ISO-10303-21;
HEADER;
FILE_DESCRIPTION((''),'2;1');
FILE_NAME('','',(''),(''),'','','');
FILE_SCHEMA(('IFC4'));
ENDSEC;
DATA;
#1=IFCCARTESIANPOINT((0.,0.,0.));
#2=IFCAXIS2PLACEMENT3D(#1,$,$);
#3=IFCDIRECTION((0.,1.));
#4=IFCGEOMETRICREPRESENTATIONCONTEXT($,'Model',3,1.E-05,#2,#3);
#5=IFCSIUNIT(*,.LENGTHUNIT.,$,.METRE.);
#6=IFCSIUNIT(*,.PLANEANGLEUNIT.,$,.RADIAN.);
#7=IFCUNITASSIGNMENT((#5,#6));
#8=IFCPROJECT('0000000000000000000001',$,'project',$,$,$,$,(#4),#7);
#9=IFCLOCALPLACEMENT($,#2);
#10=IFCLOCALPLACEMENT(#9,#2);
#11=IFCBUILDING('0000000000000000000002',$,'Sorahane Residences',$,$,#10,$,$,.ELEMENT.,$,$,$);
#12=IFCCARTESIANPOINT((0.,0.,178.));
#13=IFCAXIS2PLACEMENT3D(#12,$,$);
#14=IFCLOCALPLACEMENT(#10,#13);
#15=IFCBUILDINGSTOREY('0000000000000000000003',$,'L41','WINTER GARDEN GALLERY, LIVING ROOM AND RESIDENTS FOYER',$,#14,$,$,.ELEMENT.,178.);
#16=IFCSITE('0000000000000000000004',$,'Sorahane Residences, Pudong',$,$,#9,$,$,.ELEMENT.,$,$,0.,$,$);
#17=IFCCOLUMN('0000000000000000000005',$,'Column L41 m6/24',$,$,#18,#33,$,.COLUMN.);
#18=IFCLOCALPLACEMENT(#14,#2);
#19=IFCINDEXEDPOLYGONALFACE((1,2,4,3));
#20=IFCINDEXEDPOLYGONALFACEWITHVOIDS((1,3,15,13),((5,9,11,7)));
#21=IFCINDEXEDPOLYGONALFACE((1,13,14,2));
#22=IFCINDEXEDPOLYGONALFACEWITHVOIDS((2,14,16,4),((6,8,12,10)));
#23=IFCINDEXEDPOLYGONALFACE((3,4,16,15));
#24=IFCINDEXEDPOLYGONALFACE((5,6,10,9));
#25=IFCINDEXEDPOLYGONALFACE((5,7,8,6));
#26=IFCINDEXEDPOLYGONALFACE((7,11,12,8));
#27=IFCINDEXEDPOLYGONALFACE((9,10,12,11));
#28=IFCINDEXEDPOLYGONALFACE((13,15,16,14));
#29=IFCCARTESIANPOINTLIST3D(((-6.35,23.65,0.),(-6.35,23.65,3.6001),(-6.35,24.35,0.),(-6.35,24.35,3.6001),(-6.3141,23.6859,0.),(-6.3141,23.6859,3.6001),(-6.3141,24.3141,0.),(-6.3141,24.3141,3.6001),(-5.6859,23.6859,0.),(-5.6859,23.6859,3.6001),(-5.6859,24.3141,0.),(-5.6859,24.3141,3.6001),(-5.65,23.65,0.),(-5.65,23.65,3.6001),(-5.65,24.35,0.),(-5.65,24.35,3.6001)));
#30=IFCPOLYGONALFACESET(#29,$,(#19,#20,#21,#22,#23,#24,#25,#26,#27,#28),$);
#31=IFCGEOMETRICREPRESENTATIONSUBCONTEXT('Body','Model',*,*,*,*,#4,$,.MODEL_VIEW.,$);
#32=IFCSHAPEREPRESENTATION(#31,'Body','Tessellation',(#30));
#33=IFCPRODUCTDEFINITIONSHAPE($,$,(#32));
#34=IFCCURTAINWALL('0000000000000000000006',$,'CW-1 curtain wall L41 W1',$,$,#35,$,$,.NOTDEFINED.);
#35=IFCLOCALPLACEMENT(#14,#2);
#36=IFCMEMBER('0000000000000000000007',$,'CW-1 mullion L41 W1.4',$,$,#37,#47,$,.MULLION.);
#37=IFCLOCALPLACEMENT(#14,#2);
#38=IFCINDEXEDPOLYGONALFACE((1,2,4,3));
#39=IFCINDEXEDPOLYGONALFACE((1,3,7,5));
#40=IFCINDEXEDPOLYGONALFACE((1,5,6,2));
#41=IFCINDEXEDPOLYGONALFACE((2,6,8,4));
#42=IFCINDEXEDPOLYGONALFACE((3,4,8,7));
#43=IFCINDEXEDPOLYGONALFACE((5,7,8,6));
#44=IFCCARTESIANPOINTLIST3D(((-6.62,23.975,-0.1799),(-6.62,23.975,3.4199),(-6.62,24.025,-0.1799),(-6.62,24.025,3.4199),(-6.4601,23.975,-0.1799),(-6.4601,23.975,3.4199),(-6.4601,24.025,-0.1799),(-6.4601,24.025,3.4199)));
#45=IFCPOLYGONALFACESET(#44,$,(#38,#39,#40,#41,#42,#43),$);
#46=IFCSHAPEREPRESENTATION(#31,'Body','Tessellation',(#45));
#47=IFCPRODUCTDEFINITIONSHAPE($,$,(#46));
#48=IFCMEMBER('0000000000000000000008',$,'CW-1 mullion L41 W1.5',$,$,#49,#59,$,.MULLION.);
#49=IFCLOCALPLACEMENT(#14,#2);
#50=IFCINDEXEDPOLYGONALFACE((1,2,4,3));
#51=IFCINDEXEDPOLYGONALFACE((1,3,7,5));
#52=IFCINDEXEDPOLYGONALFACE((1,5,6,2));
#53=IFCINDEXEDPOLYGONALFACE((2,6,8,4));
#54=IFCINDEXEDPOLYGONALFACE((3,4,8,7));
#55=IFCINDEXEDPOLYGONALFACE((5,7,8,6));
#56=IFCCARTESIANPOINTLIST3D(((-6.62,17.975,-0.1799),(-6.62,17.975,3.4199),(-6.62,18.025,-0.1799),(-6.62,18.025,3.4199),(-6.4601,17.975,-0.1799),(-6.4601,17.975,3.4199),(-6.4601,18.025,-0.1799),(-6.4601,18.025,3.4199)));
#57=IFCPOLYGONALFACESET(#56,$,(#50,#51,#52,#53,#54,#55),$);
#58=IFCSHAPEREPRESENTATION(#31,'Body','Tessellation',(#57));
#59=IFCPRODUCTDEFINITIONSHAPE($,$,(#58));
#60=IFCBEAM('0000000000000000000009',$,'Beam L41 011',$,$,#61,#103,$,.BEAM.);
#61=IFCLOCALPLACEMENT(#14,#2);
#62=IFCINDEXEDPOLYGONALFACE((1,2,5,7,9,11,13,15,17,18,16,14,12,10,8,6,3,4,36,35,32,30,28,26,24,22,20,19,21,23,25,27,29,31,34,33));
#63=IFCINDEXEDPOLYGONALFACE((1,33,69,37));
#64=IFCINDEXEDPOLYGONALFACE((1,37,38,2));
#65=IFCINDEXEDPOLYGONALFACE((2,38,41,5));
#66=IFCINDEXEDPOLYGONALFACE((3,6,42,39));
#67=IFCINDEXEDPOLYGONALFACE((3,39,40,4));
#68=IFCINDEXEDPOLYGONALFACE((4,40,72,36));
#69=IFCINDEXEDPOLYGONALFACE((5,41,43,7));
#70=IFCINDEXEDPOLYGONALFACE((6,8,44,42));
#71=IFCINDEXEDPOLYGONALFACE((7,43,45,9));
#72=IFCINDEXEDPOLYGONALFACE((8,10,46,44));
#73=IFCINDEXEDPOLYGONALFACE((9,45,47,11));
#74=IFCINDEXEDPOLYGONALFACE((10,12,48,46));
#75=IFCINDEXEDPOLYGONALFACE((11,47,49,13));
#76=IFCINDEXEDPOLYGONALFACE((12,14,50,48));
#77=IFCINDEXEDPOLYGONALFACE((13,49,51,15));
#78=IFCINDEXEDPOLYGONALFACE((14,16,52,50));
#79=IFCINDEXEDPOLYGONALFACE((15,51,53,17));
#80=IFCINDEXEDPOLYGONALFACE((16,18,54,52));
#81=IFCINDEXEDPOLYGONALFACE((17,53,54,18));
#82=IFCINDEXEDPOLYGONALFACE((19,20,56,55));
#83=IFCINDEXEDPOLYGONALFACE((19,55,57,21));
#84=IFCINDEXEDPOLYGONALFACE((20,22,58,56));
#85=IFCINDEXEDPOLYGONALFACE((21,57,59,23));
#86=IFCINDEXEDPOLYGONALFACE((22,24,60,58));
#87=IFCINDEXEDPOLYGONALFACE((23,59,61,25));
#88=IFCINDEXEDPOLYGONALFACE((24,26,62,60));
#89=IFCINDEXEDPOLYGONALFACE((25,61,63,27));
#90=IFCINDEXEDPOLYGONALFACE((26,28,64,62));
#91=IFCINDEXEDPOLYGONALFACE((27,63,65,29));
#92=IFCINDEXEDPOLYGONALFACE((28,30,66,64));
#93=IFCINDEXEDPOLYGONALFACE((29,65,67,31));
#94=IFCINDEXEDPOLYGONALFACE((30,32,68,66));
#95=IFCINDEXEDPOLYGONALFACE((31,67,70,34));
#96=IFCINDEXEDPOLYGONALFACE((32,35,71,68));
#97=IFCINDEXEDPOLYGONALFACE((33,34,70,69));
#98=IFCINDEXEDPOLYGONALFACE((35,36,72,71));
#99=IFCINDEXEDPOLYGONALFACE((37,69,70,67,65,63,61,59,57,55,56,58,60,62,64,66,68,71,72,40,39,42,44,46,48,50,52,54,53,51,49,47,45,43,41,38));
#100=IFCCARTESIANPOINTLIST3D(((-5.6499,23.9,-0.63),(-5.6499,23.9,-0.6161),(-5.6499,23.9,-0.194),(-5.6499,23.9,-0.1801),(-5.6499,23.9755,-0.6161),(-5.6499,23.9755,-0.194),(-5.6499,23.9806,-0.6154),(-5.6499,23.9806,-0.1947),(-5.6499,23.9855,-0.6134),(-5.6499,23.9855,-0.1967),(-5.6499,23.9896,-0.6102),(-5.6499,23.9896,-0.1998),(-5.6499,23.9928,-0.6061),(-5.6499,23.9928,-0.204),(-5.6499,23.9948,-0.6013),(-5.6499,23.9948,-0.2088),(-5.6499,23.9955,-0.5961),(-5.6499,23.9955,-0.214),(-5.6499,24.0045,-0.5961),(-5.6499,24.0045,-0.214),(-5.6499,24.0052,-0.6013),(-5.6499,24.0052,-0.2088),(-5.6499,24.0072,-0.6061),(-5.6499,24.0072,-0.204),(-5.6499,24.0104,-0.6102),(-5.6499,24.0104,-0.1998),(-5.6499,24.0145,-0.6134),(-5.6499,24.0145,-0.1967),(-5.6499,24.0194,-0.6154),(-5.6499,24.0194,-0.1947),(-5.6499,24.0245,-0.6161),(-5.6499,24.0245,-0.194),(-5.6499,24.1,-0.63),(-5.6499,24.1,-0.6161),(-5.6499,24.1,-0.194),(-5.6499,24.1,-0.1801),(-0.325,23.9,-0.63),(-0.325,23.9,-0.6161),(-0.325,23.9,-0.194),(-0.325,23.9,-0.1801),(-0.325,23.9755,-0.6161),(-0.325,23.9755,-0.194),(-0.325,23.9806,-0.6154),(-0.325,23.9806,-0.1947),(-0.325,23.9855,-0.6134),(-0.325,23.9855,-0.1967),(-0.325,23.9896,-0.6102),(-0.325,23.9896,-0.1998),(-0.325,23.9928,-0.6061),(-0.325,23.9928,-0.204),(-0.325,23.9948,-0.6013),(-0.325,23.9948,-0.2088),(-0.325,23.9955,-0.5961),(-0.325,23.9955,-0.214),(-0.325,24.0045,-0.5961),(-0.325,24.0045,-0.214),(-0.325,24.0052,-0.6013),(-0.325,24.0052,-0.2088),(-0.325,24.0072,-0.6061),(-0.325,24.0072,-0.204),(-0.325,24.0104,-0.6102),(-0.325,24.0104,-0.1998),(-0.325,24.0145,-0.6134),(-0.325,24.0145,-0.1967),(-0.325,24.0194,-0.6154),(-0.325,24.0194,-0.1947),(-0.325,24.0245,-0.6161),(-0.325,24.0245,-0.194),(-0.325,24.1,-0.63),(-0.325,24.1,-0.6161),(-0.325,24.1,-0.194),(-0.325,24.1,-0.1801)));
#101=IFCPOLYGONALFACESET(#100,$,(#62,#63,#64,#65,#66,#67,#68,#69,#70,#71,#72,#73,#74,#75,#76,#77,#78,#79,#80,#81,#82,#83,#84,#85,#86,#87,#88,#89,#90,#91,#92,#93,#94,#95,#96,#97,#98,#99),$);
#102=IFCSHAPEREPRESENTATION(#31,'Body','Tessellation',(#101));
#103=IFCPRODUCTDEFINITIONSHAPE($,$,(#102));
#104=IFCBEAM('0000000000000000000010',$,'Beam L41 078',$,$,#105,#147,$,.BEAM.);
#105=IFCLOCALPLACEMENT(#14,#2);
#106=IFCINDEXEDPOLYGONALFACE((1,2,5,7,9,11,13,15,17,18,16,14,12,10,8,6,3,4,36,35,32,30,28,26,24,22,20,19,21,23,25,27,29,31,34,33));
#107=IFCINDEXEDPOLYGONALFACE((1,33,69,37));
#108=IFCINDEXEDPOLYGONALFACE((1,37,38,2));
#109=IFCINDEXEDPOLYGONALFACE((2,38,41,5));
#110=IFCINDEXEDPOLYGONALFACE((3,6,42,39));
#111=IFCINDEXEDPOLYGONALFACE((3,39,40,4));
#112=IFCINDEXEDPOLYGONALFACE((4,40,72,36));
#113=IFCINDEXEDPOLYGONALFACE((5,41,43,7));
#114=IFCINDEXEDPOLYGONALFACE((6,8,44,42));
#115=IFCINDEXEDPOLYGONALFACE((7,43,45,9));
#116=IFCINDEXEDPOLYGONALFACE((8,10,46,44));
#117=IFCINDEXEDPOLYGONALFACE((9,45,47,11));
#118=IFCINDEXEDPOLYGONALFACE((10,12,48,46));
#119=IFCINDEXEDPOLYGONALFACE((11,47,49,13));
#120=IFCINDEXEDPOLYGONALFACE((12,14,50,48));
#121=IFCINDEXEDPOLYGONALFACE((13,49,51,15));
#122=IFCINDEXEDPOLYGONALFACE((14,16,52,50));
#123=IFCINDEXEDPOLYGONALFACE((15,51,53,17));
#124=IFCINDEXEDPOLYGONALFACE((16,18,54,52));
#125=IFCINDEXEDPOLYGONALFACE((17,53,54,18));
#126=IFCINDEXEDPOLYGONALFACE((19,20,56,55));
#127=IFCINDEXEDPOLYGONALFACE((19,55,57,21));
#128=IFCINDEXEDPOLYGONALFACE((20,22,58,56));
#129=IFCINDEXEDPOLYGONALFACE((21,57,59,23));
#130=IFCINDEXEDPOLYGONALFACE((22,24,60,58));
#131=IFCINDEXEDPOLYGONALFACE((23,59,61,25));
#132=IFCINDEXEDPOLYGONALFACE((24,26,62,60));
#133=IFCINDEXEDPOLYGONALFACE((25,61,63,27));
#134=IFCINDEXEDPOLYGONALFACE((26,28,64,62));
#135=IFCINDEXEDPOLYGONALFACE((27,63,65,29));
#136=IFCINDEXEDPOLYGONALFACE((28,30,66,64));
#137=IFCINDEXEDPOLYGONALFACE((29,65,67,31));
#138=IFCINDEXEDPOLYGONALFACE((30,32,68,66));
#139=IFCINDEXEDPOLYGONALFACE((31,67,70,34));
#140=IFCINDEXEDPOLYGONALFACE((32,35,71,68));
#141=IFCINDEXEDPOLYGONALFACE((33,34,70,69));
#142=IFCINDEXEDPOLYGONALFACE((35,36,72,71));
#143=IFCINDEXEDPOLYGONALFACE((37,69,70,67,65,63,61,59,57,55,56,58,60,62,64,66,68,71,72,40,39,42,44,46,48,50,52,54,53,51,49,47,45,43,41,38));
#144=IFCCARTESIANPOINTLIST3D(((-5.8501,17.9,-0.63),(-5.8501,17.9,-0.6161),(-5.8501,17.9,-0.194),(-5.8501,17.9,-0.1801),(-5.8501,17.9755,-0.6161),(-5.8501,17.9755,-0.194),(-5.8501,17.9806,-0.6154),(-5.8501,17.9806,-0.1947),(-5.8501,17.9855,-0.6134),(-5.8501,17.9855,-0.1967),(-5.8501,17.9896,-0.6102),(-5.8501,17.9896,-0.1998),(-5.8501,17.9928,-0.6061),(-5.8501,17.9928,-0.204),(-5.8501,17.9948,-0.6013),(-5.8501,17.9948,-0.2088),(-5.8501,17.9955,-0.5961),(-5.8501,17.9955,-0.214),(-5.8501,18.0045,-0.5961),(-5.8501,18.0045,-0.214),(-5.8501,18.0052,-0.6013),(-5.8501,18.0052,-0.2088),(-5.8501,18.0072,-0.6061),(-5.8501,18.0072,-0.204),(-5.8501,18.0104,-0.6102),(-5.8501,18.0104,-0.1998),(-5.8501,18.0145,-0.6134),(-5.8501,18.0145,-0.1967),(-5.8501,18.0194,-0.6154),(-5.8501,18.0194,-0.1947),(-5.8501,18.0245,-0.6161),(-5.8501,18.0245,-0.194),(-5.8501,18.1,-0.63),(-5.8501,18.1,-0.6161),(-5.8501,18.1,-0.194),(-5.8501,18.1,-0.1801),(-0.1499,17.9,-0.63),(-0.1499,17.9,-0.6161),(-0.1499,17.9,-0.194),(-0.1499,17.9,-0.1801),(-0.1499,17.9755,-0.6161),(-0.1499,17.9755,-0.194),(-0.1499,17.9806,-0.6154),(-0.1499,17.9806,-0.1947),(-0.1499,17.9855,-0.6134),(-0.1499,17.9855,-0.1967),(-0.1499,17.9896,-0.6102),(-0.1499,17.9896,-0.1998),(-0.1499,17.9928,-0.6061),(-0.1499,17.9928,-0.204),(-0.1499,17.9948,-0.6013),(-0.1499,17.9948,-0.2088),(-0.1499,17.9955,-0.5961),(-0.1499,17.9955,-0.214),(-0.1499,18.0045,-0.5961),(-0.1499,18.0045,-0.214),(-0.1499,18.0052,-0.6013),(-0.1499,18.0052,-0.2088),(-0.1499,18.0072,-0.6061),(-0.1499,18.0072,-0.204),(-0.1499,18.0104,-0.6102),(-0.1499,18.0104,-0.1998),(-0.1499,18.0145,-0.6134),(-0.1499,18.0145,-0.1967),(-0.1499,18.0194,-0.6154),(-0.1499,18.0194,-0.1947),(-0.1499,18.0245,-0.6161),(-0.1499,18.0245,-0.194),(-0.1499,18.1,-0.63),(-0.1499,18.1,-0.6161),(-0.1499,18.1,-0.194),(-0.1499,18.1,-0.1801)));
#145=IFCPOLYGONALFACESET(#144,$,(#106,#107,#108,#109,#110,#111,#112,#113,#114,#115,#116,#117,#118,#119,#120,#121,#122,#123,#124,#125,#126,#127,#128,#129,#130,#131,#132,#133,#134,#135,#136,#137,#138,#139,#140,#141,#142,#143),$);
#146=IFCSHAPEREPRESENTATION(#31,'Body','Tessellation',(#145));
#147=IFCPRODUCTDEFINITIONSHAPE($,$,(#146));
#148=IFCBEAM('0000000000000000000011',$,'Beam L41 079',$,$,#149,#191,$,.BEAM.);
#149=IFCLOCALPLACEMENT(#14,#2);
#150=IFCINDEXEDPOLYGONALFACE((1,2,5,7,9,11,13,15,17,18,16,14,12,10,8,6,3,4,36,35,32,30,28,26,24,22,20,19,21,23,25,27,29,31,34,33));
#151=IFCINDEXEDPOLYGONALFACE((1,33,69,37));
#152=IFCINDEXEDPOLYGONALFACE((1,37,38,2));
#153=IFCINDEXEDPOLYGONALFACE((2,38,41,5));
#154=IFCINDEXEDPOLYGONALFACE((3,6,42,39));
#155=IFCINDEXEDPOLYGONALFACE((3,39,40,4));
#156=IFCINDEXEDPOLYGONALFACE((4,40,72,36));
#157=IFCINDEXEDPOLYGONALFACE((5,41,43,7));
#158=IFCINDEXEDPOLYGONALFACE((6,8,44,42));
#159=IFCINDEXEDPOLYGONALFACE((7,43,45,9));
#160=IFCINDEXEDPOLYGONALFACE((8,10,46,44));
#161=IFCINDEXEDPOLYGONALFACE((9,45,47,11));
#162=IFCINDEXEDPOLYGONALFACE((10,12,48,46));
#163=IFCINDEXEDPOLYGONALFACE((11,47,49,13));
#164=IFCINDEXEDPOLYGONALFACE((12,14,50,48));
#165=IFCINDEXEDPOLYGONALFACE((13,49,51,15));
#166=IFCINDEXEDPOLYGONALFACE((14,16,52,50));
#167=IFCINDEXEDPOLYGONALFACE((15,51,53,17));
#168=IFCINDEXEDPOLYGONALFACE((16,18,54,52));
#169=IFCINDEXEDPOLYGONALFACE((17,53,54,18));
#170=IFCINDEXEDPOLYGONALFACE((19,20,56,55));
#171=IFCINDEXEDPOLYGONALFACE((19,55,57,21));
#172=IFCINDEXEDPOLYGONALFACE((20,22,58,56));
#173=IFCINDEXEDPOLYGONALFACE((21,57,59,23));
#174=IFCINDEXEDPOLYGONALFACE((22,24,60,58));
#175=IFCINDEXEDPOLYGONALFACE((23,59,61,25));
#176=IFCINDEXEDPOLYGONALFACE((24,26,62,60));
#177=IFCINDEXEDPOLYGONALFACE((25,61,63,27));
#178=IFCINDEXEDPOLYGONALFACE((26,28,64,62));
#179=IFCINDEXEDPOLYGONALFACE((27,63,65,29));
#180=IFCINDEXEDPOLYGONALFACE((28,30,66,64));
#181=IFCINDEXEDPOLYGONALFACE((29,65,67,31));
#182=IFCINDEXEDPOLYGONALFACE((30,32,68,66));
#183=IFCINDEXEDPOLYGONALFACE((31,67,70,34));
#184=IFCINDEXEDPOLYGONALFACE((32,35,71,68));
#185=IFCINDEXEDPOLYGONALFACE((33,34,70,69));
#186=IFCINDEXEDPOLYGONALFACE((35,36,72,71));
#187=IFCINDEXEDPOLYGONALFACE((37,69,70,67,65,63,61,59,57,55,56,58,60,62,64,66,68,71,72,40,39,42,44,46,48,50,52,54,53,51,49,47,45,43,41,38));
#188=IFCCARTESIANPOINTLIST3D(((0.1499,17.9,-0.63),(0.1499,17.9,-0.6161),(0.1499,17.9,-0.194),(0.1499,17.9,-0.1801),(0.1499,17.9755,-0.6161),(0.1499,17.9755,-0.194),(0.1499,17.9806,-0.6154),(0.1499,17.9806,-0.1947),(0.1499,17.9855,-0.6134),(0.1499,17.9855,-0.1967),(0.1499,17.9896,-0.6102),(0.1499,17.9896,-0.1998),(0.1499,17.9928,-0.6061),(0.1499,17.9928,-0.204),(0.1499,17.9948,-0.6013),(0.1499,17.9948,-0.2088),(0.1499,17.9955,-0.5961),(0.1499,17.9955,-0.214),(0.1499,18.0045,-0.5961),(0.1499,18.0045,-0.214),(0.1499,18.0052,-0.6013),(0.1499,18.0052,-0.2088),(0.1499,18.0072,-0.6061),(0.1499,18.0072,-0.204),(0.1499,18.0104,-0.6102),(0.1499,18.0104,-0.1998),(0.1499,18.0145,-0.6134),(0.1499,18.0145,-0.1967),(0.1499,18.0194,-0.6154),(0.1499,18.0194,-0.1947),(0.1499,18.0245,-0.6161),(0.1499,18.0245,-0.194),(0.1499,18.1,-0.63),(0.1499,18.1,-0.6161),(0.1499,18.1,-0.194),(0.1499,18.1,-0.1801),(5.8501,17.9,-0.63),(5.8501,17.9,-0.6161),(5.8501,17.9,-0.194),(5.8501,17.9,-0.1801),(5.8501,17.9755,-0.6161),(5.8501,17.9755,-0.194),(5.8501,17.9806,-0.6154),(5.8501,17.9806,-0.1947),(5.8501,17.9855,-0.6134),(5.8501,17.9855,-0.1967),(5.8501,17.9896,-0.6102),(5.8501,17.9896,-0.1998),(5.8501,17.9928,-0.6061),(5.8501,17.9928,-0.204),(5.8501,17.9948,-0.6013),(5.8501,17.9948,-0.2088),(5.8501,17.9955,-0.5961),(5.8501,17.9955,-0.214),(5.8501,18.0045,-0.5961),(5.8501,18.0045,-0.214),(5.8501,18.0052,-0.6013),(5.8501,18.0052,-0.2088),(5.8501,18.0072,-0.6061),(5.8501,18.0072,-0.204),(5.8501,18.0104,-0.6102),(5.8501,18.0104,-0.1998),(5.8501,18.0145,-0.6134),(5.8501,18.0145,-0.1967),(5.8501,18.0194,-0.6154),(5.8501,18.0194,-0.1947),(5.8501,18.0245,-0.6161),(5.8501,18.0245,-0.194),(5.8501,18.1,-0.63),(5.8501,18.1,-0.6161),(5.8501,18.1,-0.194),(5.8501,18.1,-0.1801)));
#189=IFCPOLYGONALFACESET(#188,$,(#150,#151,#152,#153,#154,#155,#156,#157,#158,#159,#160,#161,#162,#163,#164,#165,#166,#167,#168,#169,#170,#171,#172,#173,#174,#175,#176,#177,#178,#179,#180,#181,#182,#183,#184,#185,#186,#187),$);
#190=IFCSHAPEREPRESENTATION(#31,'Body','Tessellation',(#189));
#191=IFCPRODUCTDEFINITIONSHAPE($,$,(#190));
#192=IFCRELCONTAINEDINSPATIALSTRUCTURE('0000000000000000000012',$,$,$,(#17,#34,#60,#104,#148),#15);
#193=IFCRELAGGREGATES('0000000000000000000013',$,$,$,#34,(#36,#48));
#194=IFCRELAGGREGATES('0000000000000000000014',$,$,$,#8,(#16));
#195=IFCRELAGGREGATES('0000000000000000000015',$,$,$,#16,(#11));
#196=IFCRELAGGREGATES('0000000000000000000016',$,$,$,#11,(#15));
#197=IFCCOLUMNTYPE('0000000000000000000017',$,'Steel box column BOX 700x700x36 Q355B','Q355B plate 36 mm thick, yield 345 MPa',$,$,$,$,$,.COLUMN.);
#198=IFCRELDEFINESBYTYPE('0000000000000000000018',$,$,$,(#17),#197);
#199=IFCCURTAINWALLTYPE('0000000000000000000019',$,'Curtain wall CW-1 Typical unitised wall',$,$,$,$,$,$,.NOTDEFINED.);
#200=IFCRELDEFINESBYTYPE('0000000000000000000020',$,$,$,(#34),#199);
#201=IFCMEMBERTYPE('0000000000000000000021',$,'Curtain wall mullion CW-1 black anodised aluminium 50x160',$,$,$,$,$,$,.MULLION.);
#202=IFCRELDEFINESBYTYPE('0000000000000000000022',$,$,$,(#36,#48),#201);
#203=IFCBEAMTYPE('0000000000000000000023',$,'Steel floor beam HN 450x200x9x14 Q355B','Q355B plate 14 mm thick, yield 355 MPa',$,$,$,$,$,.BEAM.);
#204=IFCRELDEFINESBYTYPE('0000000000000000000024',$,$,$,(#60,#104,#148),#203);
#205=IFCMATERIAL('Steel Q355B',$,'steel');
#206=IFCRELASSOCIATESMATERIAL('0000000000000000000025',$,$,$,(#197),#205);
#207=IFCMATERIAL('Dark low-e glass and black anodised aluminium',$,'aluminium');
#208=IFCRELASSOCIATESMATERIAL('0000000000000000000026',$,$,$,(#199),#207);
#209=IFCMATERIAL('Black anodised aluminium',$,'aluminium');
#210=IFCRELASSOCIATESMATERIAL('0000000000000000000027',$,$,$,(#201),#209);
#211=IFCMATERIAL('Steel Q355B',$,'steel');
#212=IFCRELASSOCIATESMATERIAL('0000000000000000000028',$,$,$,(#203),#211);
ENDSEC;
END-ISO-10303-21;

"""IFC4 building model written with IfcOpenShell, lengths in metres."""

from ifc_helpers import new_model, si_unit, direction, frame, origin, origin_2d, place, context, subcontext, project, spatial, rectangle, hollow_rectangle, i_section, extrude, material, material_profile, profile_set, type_object, element, aggregate, save


model = new_model("IFC4")

# Units and contexts
model_context = context("Model", 3, precision=1e-05, world=origin(), true_north=direction((0.0, 1.0)))
body_context = subcontext(model_context, "Body", "Model", "MODEL_VIEW")
ifc_project = project(units=[si_unit("LENGTHUNIT", "METRE"), si_unit("PLANEANGLEUNIT", "RADIAN")], contexts=[model_context])

# Site, building, storey
site_placement = place(None, origin())
site = spatial("IfcSite", under=ifc_project, at=site_placement, Name="Sorahane Residences, Pudong", CompositionType="ELEMENT", RefElevation=0.0)
building_placement = place(site_placement, origin())
building = spatial("IfcBuilding", under=site, at=building_placement, Name="Sorahane Residences", CompositionType="ELEMENT")
storey_placement = place(building_placement, frame((0.0, 0.0, 178.0)))
storey = spatial("IfcBuildingStorey", under=building, at=storey_placement, Name="L41", Description="WINTER GARDEN GALLERY, LIVING ROOM AND RESIDENTS FOYER", CompositionType="ELEMENT", Elevation=178.0)

# Column
ifc_material_1 = material(Name="Steel Q355B", Category="steel")
ifc_material_profile_1 = material_profile(ifc_material_1, hollow_rectangle(XDim=0.7, YDim=0.7, WallThickness=0.0359, at=origin_2d()), Name="BOX 700x700x36")
ifc_profile_set_1 = profile_set([ifc_material_profile_1], Name="Steel Q355B")
column_type = type_object("IfcColumnType", Name="Steel box column BOX 700x700x36 Q355B", Description="Q355B plate 36 mm thick, yield 345 MPa", PredefinedType="COLUMN", material=ifc_profile_set_1)
column_placement = place(storey_placement, frame((-6.0, 24.0, 0.0), z_axis=(0.0, 0.0, 1.0), x_axis=(1.0, 0.0, 0.0)))
element("IfcColumn", 1, at=column_placement, inside=storey, type_object=column_type, Name="Column L41 m6/24", PredefinedType="COLUMN", context=body_context, shape_type="SweptSolid", body=[
    extrude(hollow_rectangle(XDim=0.7, YDim=0.7, WallThickness=0.0359, at=origin_2d()), origin(), (0.0, 0.0, 1.0), 3.6001),
])

# Curtain wall, members
ifc_material_2 = material(Name="Dark low-e glass and black anodised aluminium", Category="aluminium")
curtain_wall_type = type_object("IfcCurtainWallType", Name="Curtain wall CW-1 Typical unitised wall", PredefinedType="NOTDEFINED", material=ifc_material_2)
curtain_wall_placement = place(storey_placement, origin())
curtain_wall = element("IfcCurtainWall", 2, at=curtain_wall_placement, inside=storey, type_object=curtain_wall_type, Name="CW-1 curtain wall L41 W1", PredefinedType="NOTDEFINED")
ifc_material_3 = material(Name="Black anodised aluminium", Category="aluminium")
ifc_material_profile_2 = material_profile(ifc_material_3, rectangle(XDim=0.1599, YDim=0.05, at=origin_2d()), Name="Curtain wall mullion CW-1 black anodised aluminium 50x160")
ifc_profile_set_2 = profile_set([ifc_material_profile_2], Name="Black anodised aluminium")
member_type = type_object("IfcMemberType", Name="Curtain wall mullion CW-1 black anodised aluminium 50x160", PredefinedType="MULLION", material=ifc_profile_set_2)
member_1_placement = place(storey_placement, frame((-6.54, 24.0, -0.1799), z_axis=(0.0, 0.0, 1.0), x_axis=(-1.0, 0.0, 0.0)))
member_1 = element("IfcMember", 3, at=member_1_placement, type_object=member_type, Name="CW-1 mullion L41 W1.4", PredefinedType="MULLION", context=body_context, shape_type="SweptSolid", body=[
    extrude(rectangle(XDim=0.1599, YDim=0.05, at=origin_2d()), origin(), (0.0, 0.0, 1.0), 3.5999),
])
member_2_placement = place(storey_placement, frame((-6.54, 18.0, -0.1799), z_axis=(0.0, 0.0, 1.0), x_axis=(-1.0, 0.0, 0.0)))
member_2 = element("IfcMember", 4, at=member_2_placement, type_object=member_type, Name="CW-1 mullion L41 W1.5", PredefinedType="MULLION", context=body_context, shape_type="SweptSolid", body=[
    extrude(rectangle(XDim=0.1599, YDim=0.05, at=origin_2d()), origin(), (0.0, 0.0, 1.0), 3.5999),
])

# Beams
ifc_material_4 = material(Name="Steel Q355B", Category="steel")
ifc_material_profile_3 = material_profile(ifc_material_4, i_section(OverallWidth=0.2, OverallDepth=0.45, WebThickness=0.009, FlangeThickness=0.0139, FilletRadius=0.02, at=origin_2d()), Name="HN 450x200x9x14")
ifc_profile_set_3 = profile_set([ifc_material_profile_3], Name="Steel Q355B")
beam_type = type_object("IfcBeamType", Name="Steel floor beam HN 450x200x9x14 Q355B", Description="Q355B plate 14 mm thick, yield 355 MPa", PredefinedType="BEAM", material=ifc_profile_set_3)
beam_placement = place(storey_placement, frame((-5.6499, 24.0, -0.405), z_axis=(1.0, 0.0, 0.0), x_axis=(0.0, 1.0, 0.0)))
element("IfcBeam", 5, at=beam_placement, inside=storey, type_object=beam_type, Name="Beam L41 011", PredefinedType="BEAM", context=body_context, shape_type="SweptSolid", body=[
    extrude(i_section(OverallWidth=0.2, OverallDepth=0.45, WebThickness=0.009, FlangeThickness=0.0139, FilletRadius=0.02, at=origin_2d()), origin(), (0.0, 0.0, 1.0), 5.325),
])
for number, where, z_axis, x_axis, name in (
    (6, (-5.8501, 18.0, -0.405), (1.0, 0.0, 0.0), (0.0, 1.0, 0.0), "Beam L41 078"),
    (7, (0.1499, 18.0, -0.405), (1.0, 0.0, 0.0), (0.0, 1.0, 0.0), "Beam L41 079"),
):
    element("IfcBeam", number, at=place(storey_placement, frame(where, z_axis=z_axis, x_axis=x_axis)), inside=storey, type_object=beam_type, Name=name, PredefinedType="BEAM", context=body_context, shape_type="SweptSolid", body=[
        extrude(i_section(OverallWidth=0.2, OverallDepth=0.45, WebThickness=0.009, FlangeThickness=0.0139, FilletRadius=0.02, at=origin_2d()), origin(), (0.0, 0.0, 1.0), 5.7002),
    ])

aggregate(curtain_wall, [member_1, member_2])

save(model, "model.ifc")
